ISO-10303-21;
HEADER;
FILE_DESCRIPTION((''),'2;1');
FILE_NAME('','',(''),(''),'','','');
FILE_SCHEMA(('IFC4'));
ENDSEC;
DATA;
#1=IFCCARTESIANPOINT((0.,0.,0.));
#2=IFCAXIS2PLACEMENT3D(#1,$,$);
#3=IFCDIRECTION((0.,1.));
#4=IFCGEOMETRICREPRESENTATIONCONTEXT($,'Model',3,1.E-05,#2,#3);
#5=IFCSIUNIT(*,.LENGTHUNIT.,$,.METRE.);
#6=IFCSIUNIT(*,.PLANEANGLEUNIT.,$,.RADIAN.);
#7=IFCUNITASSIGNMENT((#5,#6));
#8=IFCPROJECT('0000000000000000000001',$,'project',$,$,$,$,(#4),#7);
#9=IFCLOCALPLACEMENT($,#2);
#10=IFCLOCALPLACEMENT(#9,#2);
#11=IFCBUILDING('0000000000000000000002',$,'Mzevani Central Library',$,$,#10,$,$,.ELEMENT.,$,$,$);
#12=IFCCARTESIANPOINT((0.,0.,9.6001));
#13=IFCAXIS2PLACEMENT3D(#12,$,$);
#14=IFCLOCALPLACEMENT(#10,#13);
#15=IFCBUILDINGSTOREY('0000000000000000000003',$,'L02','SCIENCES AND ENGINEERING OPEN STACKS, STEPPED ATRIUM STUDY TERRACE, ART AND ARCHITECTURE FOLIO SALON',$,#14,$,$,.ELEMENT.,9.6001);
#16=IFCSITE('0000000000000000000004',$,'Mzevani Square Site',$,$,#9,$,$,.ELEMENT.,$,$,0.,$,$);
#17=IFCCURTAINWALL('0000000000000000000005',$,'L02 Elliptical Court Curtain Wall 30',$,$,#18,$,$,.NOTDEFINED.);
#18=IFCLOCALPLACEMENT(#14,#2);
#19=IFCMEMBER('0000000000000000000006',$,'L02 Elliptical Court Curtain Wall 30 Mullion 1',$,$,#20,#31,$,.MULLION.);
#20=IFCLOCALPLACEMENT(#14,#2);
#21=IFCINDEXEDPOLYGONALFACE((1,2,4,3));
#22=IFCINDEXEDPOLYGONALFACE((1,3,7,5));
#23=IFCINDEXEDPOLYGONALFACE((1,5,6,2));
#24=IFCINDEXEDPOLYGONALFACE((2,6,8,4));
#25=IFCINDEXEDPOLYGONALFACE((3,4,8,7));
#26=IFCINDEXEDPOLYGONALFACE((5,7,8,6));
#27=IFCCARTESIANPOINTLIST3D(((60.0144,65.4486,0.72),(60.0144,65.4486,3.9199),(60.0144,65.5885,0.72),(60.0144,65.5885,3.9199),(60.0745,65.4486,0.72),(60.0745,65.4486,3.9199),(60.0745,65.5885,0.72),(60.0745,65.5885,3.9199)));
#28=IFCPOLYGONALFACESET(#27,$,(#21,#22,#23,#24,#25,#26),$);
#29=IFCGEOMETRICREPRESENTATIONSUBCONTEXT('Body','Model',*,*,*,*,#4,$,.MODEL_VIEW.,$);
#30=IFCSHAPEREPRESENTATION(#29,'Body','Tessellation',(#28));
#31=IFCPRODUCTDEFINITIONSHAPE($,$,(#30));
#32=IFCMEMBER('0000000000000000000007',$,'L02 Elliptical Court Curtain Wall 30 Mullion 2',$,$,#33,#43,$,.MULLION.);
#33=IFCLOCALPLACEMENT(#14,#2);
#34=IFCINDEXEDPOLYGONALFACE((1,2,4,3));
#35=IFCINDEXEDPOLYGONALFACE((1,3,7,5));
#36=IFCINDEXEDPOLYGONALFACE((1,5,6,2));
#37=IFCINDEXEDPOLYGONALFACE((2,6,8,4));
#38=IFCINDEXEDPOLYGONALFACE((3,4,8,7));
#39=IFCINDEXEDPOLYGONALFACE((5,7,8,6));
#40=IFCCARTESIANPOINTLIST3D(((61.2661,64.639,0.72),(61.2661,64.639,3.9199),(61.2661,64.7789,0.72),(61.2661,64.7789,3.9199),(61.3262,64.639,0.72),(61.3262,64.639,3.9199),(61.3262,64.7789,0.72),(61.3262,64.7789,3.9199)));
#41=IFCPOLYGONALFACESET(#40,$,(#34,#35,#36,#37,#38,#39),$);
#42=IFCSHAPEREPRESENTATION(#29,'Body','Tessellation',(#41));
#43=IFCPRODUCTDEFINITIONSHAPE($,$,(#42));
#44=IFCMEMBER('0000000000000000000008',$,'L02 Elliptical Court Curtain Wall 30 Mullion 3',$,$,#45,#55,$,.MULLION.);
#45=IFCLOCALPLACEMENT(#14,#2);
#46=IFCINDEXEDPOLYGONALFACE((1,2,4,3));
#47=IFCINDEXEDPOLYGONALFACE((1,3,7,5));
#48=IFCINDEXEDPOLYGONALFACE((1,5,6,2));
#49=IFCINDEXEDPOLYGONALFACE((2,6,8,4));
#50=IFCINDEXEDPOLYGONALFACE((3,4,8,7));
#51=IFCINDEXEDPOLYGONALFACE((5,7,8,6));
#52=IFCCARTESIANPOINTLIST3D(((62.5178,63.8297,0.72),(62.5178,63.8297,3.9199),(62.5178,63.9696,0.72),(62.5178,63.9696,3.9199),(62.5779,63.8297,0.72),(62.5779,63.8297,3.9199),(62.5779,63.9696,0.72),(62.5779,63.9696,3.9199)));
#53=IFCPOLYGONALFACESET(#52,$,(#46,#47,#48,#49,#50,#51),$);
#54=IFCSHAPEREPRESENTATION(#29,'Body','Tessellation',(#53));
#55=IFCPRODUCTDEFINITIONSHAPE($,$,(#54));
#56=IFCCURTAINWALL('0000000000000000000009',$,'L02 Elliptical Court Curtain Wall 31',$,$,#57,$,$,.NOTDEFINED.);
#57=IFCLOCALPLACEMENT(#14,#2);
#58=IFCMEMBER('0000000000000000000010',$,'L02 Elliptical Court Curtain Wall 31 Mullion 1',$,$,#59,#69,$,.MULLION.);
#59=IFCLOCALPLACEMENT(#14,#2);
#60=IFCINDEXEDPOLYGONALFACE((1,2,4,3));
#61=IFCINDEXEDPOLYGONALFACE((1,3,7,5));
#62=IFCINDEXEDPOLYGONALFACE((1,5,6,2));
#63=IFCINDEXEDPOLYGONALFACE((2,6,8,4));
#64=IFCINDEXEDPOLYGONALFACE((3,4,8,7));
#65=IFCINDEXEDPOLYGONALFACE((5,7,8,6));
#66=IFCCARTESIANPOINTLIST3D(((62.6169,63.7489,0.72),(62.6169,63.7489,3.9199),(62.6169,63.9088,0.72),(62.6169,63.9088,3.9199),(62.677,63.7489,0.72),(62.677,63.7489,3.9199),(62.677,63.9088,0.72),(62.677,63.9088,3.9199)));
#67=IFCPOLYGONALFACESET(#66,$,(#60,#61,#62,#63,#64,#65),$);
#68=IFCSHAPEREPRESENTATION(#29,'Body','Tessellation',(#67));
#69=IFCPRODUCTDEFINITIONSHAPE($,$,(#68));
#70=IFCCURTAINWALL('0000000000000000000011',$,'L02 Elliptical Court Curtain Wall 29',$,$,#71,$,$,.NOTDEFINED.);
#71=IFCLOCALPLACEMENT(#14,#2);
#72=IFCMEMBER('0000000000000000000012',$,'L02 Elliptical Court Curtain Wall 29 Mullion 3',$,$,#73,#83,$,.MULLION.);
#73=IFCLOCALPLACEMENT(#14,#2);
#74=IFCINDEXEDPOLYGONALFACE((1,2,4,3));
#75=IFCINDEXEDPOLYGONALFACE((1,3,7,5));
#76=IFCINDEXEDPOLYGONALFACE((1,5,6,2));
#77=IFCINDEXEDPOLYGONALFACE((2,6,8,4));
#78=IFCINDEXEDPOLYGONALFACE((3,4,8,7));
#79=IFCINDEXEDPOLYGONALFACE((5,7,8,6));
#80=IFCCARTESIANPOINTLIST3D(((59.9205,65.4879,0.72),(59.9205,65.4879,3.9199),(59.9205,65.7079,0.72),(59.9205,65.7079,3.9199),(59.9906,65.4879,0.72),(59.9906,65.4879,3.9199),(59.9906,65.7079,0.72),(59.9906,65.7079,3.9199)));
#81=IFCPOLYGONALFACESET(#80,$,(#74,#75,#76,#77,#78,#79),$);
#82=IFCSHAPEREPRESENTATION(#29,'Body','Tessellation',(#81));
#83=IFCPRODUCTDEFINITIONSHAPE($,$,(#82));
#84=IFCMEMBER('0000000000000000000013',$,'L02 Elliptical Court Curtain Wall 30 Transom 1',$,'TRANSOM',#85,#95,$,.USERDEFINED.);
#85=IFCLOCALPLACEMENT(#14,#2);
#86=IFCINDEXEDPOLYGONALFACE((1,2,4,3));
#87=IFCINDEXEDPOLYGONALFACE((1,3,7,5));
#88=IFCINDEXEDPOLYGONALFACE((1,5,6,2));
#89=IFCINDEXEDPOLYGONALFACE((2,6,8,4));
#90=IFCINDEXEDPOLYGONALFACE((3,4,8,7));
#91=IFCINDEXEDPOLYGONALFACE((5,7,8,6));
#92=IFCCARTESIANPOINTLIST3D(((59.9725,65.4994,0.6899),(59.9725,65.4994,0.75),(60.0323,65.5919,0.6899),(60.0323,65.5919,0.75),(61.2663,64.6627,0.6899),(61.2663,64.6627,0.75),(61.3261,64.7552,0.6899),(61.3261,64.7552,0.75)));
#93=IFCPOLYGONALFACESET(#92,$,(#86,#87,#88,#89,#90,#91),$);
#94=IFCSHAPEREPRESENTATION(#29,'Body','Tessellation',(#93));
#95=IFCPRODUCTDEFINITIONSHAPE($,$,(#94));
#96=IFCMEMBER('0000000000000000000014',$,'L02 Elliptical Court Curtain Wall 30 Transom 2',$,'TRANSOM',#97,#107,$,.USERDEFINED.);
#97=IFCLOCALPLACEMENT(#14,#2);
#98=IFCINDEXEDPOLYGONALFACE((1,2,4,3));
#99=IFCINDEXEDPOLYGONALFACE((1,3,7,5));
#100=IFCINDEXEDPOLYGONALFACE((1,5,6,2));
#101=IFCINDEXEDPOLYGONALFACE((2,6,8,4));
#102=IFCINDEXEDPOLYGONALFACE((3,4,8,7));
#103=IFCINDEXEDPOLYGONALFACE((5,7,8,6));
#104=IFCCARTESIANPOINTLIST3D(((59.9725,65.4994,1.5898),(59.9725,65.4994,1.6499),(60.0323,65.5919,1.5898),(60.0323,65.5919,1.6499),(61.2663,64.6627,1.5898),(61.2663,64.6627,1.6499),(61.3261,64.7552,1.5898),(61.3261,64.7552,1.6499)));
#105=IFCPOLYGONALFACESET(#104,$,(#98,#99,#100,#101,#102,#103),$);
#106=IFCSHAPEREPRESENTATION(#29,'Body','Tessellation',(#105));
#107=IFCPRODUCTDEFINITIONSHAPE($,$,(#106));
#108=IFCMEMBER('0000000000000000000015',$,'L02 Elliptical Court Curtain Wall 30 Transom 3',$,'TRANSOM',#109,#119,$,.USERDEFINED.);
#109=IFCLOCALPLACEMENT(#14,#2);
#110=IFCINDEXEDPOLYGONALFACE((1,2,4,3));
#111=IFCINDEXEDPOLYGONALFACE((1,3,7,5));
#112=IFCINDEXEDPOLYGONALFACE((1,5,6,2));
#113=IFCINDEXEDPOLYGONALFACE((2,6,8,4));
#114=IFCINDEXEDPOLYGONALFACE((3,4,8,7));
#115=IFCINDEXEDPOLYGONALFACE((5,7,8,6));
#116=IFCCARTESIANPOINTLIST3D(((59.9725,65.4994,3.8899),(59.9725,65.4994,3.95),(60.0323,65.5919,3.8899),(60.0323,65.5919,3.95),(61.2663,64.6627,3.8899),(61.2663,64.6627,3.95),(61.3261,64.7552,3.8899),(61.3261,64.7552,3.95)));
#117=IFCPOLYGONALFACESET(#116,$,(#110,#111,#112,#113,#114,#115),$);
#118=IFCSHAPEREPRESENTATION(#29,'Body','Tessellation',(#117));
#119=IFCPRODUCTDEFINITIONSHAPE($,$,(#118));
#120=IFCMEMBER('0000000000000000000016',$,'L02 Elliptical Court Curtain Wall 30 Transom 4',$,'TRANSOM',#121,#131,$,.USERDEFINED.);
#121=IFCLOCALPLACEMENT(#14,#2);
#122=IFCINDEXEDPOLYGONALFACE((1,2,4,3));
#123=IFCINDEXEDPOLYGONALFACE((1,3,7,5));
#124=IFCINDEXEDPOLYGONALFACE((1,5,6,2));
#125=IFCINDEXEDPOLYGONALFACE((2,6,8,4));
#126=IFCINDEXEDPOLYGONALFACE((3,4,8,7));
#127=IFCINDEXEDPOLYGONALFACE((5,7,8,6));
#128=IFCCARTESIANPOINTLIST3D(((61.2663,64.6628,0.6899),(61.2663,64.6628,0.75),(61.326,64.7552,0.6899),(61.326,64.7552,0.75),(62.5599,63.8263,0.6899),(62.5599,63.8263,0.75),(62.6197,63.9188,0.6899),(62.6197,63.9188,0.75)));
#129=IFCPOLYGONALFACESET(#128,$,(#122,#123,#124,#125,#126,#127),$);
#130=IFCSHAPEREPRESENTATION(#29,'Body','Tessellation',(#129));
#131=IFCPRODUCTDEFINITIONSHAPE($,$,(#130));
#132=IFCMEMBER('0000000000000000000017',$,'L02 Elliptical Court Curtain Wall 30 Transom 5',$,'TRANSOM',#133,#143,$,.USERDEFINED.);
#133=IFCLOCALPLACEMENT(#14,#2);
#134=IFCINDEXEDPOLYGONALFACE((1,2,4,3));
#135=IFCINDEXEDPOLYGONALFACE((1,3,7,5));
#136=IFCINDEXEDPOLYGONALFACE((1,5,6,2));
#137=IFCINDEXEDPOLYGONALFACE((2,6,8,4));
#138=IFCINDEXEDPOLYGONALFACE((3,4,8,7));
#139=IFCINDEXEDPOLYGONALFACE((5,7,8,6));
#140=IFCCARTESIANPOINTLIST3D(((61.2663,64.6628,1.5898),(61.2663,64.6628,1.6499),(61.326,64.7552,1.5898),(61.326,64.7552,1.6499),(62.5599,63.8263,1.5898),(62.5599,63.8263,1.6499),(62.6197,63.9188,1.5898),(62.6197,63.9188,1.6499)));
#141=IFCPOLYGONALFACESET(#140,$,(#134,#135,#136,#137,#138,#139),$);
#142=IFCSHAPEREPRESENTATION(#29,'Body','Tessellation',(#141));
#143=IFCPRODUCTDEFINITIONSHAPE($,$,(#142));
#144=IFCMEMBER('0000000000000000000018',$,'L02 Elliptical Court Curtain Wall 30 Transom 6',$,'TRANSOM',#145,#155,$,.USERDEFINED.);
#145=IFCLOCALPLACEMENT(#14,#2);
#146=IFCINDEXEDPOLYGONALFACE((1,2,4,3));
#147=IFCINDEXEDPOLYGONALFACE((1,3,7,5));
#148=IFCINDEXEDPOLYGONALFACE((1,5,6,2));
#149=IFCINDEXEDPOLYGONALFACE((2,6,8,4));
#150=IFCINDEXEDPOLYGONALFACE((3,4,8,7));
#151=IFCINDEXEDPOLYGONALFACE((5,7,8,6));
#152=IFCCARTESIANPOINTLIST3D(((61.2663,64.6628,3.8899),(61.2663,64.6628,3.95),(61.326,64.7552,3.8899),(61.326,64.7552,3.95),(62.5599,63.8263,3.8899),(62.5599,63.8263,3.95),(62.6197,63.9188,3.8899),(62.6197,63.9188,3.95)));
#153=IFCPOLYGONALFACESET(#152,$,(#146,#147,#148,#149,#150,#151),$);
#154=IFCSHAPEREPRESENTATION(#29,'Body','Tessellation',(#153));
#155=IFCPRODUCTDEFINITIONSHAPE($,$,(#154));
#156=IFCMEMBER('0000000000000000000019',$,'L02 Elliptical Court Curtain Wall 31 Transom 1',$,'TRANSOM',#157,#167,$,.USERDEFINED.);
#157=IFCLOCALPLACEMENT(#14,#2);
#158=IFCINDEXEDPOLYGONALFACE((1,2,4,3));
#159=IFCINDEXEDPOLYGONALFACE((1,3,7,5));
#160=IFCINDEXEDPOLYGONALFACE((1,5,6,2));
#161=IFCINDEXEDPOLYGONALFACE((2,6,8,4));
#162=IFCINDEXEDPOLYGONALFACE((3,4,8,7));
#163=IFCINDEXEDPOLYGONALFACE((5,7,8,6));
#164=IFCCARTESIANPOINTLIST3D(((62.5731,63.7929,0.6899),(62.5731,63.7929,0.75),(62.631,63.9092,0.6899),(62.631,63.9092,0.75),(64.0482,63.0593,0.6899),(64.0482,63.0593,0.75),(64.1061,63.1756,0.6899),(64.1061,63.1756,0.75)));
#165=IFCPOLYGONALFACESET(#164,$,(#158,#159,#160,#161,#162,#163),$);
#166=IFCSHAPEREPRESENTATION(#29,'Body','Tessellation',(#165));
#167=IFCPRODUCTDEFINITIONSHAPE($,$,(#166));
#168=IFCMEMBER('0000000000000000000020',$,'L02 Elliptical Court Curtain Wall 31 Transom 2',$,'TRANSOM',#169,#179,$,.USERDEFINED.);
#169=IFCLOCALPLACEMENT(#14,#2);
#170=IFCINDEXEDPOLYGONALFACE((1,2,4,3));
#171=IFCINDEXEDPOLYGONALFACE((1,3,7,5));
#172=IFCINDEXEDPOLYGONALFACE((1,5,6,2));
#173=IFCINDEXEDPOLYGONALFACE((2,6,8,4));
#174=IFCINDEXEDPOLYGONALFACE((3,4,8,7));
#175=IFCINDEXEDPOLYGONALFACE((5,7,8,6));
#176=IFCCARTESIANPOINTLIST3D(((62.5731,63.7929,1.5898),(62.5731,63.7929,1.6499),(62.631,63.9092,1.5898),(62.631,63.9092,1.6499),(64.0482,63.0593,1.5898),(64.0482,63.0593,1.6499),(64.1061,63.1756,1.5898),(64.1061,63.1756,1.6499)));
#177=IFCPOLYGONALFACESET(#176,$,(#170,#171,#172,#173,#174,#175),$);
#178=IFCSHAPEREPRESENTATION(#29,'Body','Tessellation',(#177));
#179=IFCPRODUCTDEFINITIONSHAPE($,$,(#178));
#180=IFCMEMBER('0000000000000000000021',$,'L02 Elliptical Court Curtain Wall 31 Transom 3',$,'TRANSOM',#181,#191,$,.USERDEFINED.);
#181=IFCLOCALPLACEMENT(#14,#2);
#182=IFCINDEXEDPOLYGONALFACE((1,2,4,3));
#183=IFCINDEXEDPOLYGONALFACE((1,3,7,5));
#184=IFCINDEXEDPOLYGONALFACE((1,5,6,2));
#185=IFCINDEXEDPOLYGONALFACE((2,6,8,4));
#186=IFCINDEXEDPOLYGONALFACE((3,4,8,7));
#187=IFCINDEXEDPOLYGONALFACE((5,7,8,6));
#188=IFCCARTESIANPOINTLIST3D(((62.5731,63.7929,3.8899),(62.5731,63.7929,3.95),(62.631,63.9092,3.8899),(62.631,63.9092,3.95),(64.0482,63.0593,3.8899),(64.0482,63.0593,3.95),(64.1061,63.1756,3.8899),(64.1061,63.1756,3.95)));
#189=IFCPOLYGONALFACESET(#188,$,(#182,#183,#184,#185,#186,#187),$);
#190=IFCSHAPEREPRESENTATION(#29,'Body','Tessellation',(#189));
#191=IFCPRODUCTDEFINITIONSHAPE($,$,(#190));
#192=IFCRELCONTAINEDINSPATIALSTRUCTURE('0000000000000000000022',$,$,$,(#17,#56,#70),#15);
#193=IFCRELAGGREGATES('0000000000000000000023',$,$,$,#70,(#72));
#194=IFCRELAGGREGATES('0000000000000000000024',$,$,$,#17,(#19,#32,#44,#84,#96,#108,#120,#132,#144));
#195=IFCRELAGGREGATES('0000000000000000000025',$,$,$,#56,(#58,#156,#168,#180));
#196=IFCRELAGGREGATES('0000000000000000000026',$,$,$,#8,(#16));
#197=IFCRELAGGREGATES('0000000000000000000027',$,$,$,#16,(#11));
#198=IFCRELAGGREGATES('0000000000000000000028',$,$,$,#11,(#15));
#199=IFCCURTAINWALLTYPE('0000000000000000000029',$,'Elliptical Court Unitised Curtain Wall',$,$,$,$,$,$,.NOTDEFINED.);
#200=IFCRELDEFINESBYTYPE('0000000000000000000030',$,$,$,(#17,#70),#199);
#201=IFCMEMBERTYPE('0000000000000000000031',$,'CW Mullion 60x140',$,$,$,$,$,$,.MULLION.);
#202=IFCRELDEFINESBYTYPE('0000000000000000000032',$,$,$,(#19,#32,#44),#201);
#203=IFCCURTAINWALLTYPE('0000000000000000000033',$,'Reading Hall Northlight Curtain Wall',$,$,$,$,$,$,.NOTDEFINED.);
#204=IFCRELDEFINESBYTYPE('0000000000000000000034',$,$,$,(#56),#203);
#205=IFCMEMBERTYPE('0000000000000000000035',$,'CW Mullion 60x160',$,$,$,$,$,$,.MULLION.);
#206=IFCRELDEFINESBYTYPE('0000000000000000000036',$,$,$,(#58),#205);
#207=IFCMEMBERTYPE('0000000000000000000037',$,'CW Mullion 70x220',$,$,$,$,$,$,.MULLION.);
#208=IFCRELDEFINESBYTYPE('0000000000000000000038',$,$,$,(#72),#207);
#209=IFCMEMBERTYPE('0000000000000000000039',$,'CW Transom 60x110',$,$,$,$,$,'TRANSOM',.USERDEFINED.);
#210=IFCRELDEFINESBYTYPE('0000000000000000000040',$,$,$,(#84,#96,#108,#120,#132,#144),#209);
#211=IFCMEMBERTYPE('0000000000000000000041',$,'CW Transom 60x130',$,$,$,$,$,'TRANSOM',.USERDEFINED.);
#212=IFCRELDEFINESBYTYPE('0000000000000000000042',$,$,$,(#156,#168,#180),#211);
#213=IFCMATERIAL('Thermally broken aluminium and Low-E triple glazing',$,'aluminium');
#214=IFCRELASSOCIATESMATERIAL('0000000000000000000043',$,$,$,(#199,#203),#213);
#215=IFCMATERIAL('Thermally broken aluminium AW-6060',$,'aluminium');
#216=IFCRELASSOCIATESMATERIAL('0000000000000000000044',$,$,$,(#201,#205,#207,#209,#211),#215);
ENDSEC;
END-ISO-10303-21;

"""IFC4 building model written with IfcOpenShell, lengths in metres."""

from ifc_helpers import new_model, si_unit, direction, frame, origin, origin_2d, place, context, subcontext, project, spatial, rectangle, extrude, material, material_profile, profile_set, type_object, element, aggregate, save


model = new_model("IFC4")

# Units and contexts
model_context = context("Model", 3, precision=1e-05, world=origin(), true_north=direction((0.0, 1.0)))
body_context = subcontext(model_context, "Body", "Model", "MODEL_VIEW")
ifc_project = project(units=[si_unit("LENGTHUNIT", "METRE"), si_unit("PLANEANGLEUNIT", "RADIAN")], contexts=[model_context])

# Site, building, storey
site_placement = place(None, origin())
site = spatial("IfcSite", under=ifc_project, at=site_placement, Name="Mzevani Square Site", CompositionType="ELEMENT", RefElevation=0.0)
building_placement = place(site_placement, origin())
building = spatial("IfcBuilding", under=site, at=building_placement, Name="Mzevani Central Library", CompositionType="ELEMENT")
storey_placement = place(building_placement, frame((0.0, 0.0, 9.6001)))
storey = spatial("IfcBuildingStorey", under=building, at=storey_placement, Name="L02", Description="SCIENCES AND ENGINEERING OPEN STACKS, STEPPED ATRIUM STUDY TERRACE, ART AND ARCHITECTURE FOLIO SALON", CompositionType="ELEMENT", Elevation=9.6001)

# Curtain wall, members
ifc_material_1 = material(Name="Thermally broken aluminium and Low-E triple glazing", Category="aluminium")
curtain_wall_type_1 = type_object("IfcCurtainWallType", Name="Elliptical Court Unitised Curtain Wall", PredefinedType="NOTDEFINED", material=ifc_material_1)
curtain_wall_1_placement = place(storey_placement, origin())
curtain_wall_1 = element("IfcCurtainWall", 1, at=curtain_wall_1_placement, inside=storey, type_object=curtain_wall_type_1, Name="L02 Elliptical Court Curtain Wall 30", PredefinedType="NOTDEFINED")
ifc_material_2 = material(Name="Thermally broken aluminium AW-6060", Category="aluminium")
ifc_material_profile_1 = material_profile(ifc_material_2, rectangle(XDim=0.0601, YDim=0.1399, at=origin_2d()), Name="ALU M60x140")
ifc_profile_set_1 = profile_set([ifc_material_profile_1], Name="Thermally broken aluminium AW-6060")
member_type_1 = type_object("IfcMemberType", Name="CW Mullion 60x140", PredefinedType="MULLION", material=ifc_profile_set_1)
member_1_placement = place(storey_placement, frame((60.0444, 65.5186, 0.72), z_axis=(0.0, 0.0, 1.0), x_axis=(1.0, 0.0, 0.0)))
member_1 = element("IfcMember", 2, at=member_1_placement, type_object=member_type_1, Name="L02 Elliptical Court Curtain Wall 30 Mullion 1", PredefinedType="MULLION", context=body_context, shape_type="SweptSolid", body=[
    extrude(rectangle(XDim=0.0601, YDim=0.1399, at=origin_2d()), origin(), (0.0, 0.0, 1.0), 3.2),
])
member_2_placement = place(storey_placement, frame((61.2961, 64.709, 0.72), z_axis=(0.0, 0.0, 1.0), x_axis=(1.0, 0.0, 0.0)))
member_2 = element("IfcMember", 3, at=member_2_placement, type_object=member_type_1, Name="L02 Elliptical Court Curtain Wall 30 Mullion 2", PredefinedType="MULLION", context=body_context, shape_type="SweptSolid", body=[
    extrude(rectangle(XDim=0.0601, YDim=0.1399, at=origin_2d()), origin(), (0.0, 0.0, 1.0), 3.2),
])
member_3_placement = place(storey_placement, frame((62.5479, 63.8997, 0.72), z_axis=(0.0, 0.0, 1.0), x_axis=(1.0, 0.0, 0.0)))
member_3 = element("IfcMember", 4, at=member_3_placement, type_object=member_type_1, Name="L02 Elliptical Court Curtain Wall 30 Mullion 3", PredefinedType="MULLION", context=body_context, shape_type="SweptSolid", body=[
    extrude(rectangle(XDim=0.0601, YDim=0.1399, at=origin_2d()), origin(), (0.0, 0.0, 1.0), 3.2),
])

# Curtain walls, members
curtain_wall_type_2 = type_object("IfcCurtainWallType", Name="Reading Hall Northlight Curtain Wall", PredefinedType="NOTDEFINED", material=ifc_material_1)
curtain_wall_2_placement = place(storey_placement, origin())
curtain_wall_2 = element("IfcCurtainWall", 5, at=curtain_wall_2_placement, inside=storey, type_object=curtain_wall_type_2, Name="L02 Elliptical Court Curtain Wall 31", PredefinedType="NOTDEFINED")
ifc_material_profile_2 = material_profile(ifc_material_2, rectangle(XDim=0.0601, YDim=0.1599, at=origin_2d()), Name="ALU M60x160")
ifc_profile_set_2 = profile_set([ifc_material_profile_2], Name="Thermally broken aluminium AW-6060")
member_type_2 = type_object("IfcMemberType", Name="CW Mullion 60x160", PredefinedType="MULLION", material=ifc_profile_set_2)
member_4_placement = place(storey_placement, frame((62.647, 63.8289, 0.72), z_axis=(0.0, 0.0, 1.0), x_axis=(1.0, 0.0, 0.0)))
member_4 = element("IfcMember", 6, at=member_4_placement, type_object=member_type_2, Name="L02 Elliptical Court Curtain Wall 31 Mullion 1", PredefinedType="MULLION", context=body_context, shape_type="SweptSolid", body=[
    extrude(rectangle(XDim=0.0601, YDim=0.1599, at=origin_2d()), origin(), (0.0, 0.0, 1.0), 3.2),
])
curtain_wall_3_placement = place(storey_placement, origin())
curtain_wall_3 = element("IfcCurtainWall", 7, at=curtain_wall_3_placement, inside=storey, type_object=curtain_wall_type_1, Name="L02 Elliptical Court Curtain Wall 29", PredefinedType="NOTDEFINED")
ifc_material_profile_3 = material_profile(ifc_material_2, rectangle(XDim=0.0701, YDim=0.22, at=origin_2d()), Name="ALU M70x220")
ifc_profile_set_3 = profile_set([ifc_material_profile_3], Name="Thermally broken aluminium AW-6060")
member_type_3 = type_object("IfcMemberType", Name="CW Mullion 70x220", PredefinedType="MULLION", material=ifc_profile_set_3)
member_5_placement = place(storey_placement, frame((59.9556, 65.5979, 0.72), z_axis=(0.0, 0.0, 1.0), x_axis=(1.0, 0.0, 0.0)))
member_5 = element("IfcMember", 8, at=member_5_placement, type_object=member_type_3, Name="L02 Elliptical Court Curtain Wall 29 Mullion 3", PredefinedType="MULLION", context=body_context, shape_type="SweptSolid", body=[
    extrude(rectangle(XDim=0.0701, YDim=0.22, at=origin_2d()), origin(), (0.0, 0.0, 1.0), 3.2),
])

# Members
ifc_material_profile_4 = material_profile(ifc_material_2, rectangle(XDim=0.1101, YDim=0.0601, at=origin_2d()), Name="ALU T60x110")
ifc_profile_set_4 = profile_set([ifc_material_profile_4], Name="Thermally broken aluminium AW-6060")
member_type_4 = type_object("IfcMemberType", Name="CW Transom 60x110", ElementType="TRANSOM", PredefinedType="USERDEFINED", material=ifc_profile_set_4)
member_6_placement = place(storey_placement, frame((60.0024, 65.5457, 0.72), z_axis=(0.839698, -0.543054, 0.0), x_axis=(0.543054, 0.839698, 0.0)))
member_6 = element("IfcMember", 9, at=member_6_placement, type_object=member_type_4, Name="L02 Elliptical Court Curtain Wall 30 Transom 1", ObjectType="TRANSOM", PredefinedType="USERDEFINED", context=body_context, shape_type="SweptSolid", body=[
    extrude(rectangle(XDim=0.1101, YDim=0.0601, at=origin_2d()), origin(), (0.0, 0.0, 1.0), 1.5408),
])
member_7_placement = place(storey_placement, frame((60.0024, 65.5457, 1.6199), z_axis=(0.839698, -0.543054, 0.0), x_axis=(0.543054, 0.839698, 0.0)))
member_7 = element("IfcMember", 10, at=member_7_placement, type_object=member_type_4, Name="L02 Elliptical Court Curtain Wall 30 Transom 2", ObjectType="TRANSOM", PredefinedType="USERDEFINED", context=body_context, shape_type="SweptSolid", body=[
    extrude(rectangle(XDim=0.1101, YDim=0.0601, at=origin_2d()), origin(), (0.0, 0.0, 1.0), 1.5408),
])
member_8_placement = place(storey_placement, frame((60.0024, 65.5457, 3.9199), z_axis=(0.839698, -0.543054, 0.0), x_axis=(0.543054, 0.839698, 0.0)))
member_8 = element("IfcMember", 11, at=member_8_placement, type_object=member_type_4, Name="L02 Elliptical Court Curtain Wall 30 Transom 3", ObjectType="TRANSOM", PredefinedType="USERDEFINED", context=body_context, shape_type="SweptSolid", body=[
    extrude(rectangle(XDim=0.1101, YDim=0.0601, at=origin_2d()), origin(), (0.0, 0.0, 1.0), 1.5408),
])
member_9_placement = place(storey_placement, frame((61.2961, 64.709, 0.72), z_axis=(0.83977, -0.542942, 0.0), x_axis=(0.542942, 0.83977, 0.0)))
member_9 = element("IfcMember", 12, at=member_9_placement, type_object=member_type_4, Name="L02 Elliptical Court Curtain Wall 30 Transom 4", ObjectType="TRANSOM", PredefinedType="USERDEFINED", context=body_context, shape_type="SweptSolid", body=[
    extrude(rectangle(XDim=0.1101, YDim=0.0601, at=origin_2d()), origin(), (0.0, 0.0, 1.0), 1.5405),
])
member_10_placement = place(storey_placement, frame((61.2961, 64.709, 1.6199), z_axis=(0.83977, -0.542942, 0.0), x_axis=(0.542942, 0.83977, 0.0)))
member_10 = element("IfcMember", 13, at=member_10_placement, type_object=member_type_4, Name="L02 Elliptical Court Curtain Wall 30 Transom 5", ObjectType="TRANSOM", PredefinedType="USERDEFINED", context=body_context, shape_type="SweptSolid", body=[
    extrude(rectangle(XDim=0.1101, YDim=0.0601, at=origin_2d()), origin(), (0.0, 0.0, 1.0), 1.5405),
])
member_11_placement = place(storey_placement, frame((61.2961, 64.709, 3.9199), z_axis=(0.83977, -0.542942, 0.0), x_axis=(0.542942, 0.83977, 0.0)))
member_11 = element("IfcMember", 14, at=member_11_placement, type_object=member_type_4, Name="L02 Elliptical Court Curtain Wall 30 Transom 6", ObjectType="TRANSOM", PredefinedType="USERDEFINED", context=body_context, shape_type="SweptSolid", body=[
    extrude(rectangle(XDim=0.1101, YDim=0.0601, at=origin_2d()), origin(), (0.0, 0.0, 1.0), 1.5405),
])
ifc_material_profile_5 = material_profile(ifc_material_2, rectangle(XDim=0.1299, YDim=0.0601, at=origin_2d()), Name="ALU T60x130")
ifc_profile_set_5 = profile_set([ifc_material_profile_5], Name="Thermally broken aluminium AW-6060")
member_type_5 = type_object("IfcMemberType", Name="CW Transom 60x130", ElementType="TRANSOM", PredefinedType="USERDEFINED", material=ifc_profile_set_5)
member_12_placement = place(storey_placement, frame((62.6021, 63.8511, 0.72), z_axis=(0.895374, -0.445316, 0.0), x_axis=(0.445316, 0.895374, 0.0)))
member_12 = element("IfcMember", 15, at=member_12_placement, type_object=member_type_5, Name="L02 Elliptical Court Curtain Wall 31 Transom 1", ObjectType="TRANSOM", PredefinedType="USERDEFINED", context=body_context, shape_type="SweptSolid", body=[
    extrude(rectangle(XDim=0.1299, YDim=0.0601, at=origin_2d()), origin(), (0.0, 0.0, 1.0), 1.6475),
])
member_13_placement = place(storey_placement, frame((62.6021, 63.8511, 1.6199), z_axis=(0.895374, -0.445316, 0.0), x_axis=(0.445316, 0.895374, 0.0)))
member_13 = element("IfcMember", 16, at=member_13_placement, type_object=member_type_5, Name="L02 Elliptical Court Curtain Wall 31 Transom 2", ObjectType="TRANSOM", PredefinedType="USERDEFINED", context=body_context, shape_type="SweptSolid", body=[
    extrude(rectangle(XDim=0.1299, YDim=0.0601, at=origin_2d()), origin(), (0.0, 0.0, 1.0), 1.6475),
])
member_14_placement = place(storey_placement, frame((62.6021, 63.8511, 3.9199), z_axis=(0.895374, -0.445316, 0.0), x_axis=(0.445316, 0.895374, 0.0)))
member_14 = element("IfcMember", 17, at=member_14_placement, type_object=member_type_5, Name="L02 Elliptical Court Curtain Wall 31 Transom 3", ObjectType="TRANSOM", PredefinedType="USERDEFINED", context=body_context, shape_type="SweptSolid", body=[
    extrude(rectangle(XDim=0.1299, YDim=0.0601, at=origin_2d()), origin(), (0.0, 0.0, 1.0), 1.6475),
])

aggregate(curtain_wall_3, [member_5])
aggregate(curtain_wall_1, [member_1, member_2, member_3, member_6, member_7, member_8, member_9, member_10, member_11])
aggregate(curtain_wall_2, [member_4, member_12, member_13, member_14])

save(model, "model.ifc")
